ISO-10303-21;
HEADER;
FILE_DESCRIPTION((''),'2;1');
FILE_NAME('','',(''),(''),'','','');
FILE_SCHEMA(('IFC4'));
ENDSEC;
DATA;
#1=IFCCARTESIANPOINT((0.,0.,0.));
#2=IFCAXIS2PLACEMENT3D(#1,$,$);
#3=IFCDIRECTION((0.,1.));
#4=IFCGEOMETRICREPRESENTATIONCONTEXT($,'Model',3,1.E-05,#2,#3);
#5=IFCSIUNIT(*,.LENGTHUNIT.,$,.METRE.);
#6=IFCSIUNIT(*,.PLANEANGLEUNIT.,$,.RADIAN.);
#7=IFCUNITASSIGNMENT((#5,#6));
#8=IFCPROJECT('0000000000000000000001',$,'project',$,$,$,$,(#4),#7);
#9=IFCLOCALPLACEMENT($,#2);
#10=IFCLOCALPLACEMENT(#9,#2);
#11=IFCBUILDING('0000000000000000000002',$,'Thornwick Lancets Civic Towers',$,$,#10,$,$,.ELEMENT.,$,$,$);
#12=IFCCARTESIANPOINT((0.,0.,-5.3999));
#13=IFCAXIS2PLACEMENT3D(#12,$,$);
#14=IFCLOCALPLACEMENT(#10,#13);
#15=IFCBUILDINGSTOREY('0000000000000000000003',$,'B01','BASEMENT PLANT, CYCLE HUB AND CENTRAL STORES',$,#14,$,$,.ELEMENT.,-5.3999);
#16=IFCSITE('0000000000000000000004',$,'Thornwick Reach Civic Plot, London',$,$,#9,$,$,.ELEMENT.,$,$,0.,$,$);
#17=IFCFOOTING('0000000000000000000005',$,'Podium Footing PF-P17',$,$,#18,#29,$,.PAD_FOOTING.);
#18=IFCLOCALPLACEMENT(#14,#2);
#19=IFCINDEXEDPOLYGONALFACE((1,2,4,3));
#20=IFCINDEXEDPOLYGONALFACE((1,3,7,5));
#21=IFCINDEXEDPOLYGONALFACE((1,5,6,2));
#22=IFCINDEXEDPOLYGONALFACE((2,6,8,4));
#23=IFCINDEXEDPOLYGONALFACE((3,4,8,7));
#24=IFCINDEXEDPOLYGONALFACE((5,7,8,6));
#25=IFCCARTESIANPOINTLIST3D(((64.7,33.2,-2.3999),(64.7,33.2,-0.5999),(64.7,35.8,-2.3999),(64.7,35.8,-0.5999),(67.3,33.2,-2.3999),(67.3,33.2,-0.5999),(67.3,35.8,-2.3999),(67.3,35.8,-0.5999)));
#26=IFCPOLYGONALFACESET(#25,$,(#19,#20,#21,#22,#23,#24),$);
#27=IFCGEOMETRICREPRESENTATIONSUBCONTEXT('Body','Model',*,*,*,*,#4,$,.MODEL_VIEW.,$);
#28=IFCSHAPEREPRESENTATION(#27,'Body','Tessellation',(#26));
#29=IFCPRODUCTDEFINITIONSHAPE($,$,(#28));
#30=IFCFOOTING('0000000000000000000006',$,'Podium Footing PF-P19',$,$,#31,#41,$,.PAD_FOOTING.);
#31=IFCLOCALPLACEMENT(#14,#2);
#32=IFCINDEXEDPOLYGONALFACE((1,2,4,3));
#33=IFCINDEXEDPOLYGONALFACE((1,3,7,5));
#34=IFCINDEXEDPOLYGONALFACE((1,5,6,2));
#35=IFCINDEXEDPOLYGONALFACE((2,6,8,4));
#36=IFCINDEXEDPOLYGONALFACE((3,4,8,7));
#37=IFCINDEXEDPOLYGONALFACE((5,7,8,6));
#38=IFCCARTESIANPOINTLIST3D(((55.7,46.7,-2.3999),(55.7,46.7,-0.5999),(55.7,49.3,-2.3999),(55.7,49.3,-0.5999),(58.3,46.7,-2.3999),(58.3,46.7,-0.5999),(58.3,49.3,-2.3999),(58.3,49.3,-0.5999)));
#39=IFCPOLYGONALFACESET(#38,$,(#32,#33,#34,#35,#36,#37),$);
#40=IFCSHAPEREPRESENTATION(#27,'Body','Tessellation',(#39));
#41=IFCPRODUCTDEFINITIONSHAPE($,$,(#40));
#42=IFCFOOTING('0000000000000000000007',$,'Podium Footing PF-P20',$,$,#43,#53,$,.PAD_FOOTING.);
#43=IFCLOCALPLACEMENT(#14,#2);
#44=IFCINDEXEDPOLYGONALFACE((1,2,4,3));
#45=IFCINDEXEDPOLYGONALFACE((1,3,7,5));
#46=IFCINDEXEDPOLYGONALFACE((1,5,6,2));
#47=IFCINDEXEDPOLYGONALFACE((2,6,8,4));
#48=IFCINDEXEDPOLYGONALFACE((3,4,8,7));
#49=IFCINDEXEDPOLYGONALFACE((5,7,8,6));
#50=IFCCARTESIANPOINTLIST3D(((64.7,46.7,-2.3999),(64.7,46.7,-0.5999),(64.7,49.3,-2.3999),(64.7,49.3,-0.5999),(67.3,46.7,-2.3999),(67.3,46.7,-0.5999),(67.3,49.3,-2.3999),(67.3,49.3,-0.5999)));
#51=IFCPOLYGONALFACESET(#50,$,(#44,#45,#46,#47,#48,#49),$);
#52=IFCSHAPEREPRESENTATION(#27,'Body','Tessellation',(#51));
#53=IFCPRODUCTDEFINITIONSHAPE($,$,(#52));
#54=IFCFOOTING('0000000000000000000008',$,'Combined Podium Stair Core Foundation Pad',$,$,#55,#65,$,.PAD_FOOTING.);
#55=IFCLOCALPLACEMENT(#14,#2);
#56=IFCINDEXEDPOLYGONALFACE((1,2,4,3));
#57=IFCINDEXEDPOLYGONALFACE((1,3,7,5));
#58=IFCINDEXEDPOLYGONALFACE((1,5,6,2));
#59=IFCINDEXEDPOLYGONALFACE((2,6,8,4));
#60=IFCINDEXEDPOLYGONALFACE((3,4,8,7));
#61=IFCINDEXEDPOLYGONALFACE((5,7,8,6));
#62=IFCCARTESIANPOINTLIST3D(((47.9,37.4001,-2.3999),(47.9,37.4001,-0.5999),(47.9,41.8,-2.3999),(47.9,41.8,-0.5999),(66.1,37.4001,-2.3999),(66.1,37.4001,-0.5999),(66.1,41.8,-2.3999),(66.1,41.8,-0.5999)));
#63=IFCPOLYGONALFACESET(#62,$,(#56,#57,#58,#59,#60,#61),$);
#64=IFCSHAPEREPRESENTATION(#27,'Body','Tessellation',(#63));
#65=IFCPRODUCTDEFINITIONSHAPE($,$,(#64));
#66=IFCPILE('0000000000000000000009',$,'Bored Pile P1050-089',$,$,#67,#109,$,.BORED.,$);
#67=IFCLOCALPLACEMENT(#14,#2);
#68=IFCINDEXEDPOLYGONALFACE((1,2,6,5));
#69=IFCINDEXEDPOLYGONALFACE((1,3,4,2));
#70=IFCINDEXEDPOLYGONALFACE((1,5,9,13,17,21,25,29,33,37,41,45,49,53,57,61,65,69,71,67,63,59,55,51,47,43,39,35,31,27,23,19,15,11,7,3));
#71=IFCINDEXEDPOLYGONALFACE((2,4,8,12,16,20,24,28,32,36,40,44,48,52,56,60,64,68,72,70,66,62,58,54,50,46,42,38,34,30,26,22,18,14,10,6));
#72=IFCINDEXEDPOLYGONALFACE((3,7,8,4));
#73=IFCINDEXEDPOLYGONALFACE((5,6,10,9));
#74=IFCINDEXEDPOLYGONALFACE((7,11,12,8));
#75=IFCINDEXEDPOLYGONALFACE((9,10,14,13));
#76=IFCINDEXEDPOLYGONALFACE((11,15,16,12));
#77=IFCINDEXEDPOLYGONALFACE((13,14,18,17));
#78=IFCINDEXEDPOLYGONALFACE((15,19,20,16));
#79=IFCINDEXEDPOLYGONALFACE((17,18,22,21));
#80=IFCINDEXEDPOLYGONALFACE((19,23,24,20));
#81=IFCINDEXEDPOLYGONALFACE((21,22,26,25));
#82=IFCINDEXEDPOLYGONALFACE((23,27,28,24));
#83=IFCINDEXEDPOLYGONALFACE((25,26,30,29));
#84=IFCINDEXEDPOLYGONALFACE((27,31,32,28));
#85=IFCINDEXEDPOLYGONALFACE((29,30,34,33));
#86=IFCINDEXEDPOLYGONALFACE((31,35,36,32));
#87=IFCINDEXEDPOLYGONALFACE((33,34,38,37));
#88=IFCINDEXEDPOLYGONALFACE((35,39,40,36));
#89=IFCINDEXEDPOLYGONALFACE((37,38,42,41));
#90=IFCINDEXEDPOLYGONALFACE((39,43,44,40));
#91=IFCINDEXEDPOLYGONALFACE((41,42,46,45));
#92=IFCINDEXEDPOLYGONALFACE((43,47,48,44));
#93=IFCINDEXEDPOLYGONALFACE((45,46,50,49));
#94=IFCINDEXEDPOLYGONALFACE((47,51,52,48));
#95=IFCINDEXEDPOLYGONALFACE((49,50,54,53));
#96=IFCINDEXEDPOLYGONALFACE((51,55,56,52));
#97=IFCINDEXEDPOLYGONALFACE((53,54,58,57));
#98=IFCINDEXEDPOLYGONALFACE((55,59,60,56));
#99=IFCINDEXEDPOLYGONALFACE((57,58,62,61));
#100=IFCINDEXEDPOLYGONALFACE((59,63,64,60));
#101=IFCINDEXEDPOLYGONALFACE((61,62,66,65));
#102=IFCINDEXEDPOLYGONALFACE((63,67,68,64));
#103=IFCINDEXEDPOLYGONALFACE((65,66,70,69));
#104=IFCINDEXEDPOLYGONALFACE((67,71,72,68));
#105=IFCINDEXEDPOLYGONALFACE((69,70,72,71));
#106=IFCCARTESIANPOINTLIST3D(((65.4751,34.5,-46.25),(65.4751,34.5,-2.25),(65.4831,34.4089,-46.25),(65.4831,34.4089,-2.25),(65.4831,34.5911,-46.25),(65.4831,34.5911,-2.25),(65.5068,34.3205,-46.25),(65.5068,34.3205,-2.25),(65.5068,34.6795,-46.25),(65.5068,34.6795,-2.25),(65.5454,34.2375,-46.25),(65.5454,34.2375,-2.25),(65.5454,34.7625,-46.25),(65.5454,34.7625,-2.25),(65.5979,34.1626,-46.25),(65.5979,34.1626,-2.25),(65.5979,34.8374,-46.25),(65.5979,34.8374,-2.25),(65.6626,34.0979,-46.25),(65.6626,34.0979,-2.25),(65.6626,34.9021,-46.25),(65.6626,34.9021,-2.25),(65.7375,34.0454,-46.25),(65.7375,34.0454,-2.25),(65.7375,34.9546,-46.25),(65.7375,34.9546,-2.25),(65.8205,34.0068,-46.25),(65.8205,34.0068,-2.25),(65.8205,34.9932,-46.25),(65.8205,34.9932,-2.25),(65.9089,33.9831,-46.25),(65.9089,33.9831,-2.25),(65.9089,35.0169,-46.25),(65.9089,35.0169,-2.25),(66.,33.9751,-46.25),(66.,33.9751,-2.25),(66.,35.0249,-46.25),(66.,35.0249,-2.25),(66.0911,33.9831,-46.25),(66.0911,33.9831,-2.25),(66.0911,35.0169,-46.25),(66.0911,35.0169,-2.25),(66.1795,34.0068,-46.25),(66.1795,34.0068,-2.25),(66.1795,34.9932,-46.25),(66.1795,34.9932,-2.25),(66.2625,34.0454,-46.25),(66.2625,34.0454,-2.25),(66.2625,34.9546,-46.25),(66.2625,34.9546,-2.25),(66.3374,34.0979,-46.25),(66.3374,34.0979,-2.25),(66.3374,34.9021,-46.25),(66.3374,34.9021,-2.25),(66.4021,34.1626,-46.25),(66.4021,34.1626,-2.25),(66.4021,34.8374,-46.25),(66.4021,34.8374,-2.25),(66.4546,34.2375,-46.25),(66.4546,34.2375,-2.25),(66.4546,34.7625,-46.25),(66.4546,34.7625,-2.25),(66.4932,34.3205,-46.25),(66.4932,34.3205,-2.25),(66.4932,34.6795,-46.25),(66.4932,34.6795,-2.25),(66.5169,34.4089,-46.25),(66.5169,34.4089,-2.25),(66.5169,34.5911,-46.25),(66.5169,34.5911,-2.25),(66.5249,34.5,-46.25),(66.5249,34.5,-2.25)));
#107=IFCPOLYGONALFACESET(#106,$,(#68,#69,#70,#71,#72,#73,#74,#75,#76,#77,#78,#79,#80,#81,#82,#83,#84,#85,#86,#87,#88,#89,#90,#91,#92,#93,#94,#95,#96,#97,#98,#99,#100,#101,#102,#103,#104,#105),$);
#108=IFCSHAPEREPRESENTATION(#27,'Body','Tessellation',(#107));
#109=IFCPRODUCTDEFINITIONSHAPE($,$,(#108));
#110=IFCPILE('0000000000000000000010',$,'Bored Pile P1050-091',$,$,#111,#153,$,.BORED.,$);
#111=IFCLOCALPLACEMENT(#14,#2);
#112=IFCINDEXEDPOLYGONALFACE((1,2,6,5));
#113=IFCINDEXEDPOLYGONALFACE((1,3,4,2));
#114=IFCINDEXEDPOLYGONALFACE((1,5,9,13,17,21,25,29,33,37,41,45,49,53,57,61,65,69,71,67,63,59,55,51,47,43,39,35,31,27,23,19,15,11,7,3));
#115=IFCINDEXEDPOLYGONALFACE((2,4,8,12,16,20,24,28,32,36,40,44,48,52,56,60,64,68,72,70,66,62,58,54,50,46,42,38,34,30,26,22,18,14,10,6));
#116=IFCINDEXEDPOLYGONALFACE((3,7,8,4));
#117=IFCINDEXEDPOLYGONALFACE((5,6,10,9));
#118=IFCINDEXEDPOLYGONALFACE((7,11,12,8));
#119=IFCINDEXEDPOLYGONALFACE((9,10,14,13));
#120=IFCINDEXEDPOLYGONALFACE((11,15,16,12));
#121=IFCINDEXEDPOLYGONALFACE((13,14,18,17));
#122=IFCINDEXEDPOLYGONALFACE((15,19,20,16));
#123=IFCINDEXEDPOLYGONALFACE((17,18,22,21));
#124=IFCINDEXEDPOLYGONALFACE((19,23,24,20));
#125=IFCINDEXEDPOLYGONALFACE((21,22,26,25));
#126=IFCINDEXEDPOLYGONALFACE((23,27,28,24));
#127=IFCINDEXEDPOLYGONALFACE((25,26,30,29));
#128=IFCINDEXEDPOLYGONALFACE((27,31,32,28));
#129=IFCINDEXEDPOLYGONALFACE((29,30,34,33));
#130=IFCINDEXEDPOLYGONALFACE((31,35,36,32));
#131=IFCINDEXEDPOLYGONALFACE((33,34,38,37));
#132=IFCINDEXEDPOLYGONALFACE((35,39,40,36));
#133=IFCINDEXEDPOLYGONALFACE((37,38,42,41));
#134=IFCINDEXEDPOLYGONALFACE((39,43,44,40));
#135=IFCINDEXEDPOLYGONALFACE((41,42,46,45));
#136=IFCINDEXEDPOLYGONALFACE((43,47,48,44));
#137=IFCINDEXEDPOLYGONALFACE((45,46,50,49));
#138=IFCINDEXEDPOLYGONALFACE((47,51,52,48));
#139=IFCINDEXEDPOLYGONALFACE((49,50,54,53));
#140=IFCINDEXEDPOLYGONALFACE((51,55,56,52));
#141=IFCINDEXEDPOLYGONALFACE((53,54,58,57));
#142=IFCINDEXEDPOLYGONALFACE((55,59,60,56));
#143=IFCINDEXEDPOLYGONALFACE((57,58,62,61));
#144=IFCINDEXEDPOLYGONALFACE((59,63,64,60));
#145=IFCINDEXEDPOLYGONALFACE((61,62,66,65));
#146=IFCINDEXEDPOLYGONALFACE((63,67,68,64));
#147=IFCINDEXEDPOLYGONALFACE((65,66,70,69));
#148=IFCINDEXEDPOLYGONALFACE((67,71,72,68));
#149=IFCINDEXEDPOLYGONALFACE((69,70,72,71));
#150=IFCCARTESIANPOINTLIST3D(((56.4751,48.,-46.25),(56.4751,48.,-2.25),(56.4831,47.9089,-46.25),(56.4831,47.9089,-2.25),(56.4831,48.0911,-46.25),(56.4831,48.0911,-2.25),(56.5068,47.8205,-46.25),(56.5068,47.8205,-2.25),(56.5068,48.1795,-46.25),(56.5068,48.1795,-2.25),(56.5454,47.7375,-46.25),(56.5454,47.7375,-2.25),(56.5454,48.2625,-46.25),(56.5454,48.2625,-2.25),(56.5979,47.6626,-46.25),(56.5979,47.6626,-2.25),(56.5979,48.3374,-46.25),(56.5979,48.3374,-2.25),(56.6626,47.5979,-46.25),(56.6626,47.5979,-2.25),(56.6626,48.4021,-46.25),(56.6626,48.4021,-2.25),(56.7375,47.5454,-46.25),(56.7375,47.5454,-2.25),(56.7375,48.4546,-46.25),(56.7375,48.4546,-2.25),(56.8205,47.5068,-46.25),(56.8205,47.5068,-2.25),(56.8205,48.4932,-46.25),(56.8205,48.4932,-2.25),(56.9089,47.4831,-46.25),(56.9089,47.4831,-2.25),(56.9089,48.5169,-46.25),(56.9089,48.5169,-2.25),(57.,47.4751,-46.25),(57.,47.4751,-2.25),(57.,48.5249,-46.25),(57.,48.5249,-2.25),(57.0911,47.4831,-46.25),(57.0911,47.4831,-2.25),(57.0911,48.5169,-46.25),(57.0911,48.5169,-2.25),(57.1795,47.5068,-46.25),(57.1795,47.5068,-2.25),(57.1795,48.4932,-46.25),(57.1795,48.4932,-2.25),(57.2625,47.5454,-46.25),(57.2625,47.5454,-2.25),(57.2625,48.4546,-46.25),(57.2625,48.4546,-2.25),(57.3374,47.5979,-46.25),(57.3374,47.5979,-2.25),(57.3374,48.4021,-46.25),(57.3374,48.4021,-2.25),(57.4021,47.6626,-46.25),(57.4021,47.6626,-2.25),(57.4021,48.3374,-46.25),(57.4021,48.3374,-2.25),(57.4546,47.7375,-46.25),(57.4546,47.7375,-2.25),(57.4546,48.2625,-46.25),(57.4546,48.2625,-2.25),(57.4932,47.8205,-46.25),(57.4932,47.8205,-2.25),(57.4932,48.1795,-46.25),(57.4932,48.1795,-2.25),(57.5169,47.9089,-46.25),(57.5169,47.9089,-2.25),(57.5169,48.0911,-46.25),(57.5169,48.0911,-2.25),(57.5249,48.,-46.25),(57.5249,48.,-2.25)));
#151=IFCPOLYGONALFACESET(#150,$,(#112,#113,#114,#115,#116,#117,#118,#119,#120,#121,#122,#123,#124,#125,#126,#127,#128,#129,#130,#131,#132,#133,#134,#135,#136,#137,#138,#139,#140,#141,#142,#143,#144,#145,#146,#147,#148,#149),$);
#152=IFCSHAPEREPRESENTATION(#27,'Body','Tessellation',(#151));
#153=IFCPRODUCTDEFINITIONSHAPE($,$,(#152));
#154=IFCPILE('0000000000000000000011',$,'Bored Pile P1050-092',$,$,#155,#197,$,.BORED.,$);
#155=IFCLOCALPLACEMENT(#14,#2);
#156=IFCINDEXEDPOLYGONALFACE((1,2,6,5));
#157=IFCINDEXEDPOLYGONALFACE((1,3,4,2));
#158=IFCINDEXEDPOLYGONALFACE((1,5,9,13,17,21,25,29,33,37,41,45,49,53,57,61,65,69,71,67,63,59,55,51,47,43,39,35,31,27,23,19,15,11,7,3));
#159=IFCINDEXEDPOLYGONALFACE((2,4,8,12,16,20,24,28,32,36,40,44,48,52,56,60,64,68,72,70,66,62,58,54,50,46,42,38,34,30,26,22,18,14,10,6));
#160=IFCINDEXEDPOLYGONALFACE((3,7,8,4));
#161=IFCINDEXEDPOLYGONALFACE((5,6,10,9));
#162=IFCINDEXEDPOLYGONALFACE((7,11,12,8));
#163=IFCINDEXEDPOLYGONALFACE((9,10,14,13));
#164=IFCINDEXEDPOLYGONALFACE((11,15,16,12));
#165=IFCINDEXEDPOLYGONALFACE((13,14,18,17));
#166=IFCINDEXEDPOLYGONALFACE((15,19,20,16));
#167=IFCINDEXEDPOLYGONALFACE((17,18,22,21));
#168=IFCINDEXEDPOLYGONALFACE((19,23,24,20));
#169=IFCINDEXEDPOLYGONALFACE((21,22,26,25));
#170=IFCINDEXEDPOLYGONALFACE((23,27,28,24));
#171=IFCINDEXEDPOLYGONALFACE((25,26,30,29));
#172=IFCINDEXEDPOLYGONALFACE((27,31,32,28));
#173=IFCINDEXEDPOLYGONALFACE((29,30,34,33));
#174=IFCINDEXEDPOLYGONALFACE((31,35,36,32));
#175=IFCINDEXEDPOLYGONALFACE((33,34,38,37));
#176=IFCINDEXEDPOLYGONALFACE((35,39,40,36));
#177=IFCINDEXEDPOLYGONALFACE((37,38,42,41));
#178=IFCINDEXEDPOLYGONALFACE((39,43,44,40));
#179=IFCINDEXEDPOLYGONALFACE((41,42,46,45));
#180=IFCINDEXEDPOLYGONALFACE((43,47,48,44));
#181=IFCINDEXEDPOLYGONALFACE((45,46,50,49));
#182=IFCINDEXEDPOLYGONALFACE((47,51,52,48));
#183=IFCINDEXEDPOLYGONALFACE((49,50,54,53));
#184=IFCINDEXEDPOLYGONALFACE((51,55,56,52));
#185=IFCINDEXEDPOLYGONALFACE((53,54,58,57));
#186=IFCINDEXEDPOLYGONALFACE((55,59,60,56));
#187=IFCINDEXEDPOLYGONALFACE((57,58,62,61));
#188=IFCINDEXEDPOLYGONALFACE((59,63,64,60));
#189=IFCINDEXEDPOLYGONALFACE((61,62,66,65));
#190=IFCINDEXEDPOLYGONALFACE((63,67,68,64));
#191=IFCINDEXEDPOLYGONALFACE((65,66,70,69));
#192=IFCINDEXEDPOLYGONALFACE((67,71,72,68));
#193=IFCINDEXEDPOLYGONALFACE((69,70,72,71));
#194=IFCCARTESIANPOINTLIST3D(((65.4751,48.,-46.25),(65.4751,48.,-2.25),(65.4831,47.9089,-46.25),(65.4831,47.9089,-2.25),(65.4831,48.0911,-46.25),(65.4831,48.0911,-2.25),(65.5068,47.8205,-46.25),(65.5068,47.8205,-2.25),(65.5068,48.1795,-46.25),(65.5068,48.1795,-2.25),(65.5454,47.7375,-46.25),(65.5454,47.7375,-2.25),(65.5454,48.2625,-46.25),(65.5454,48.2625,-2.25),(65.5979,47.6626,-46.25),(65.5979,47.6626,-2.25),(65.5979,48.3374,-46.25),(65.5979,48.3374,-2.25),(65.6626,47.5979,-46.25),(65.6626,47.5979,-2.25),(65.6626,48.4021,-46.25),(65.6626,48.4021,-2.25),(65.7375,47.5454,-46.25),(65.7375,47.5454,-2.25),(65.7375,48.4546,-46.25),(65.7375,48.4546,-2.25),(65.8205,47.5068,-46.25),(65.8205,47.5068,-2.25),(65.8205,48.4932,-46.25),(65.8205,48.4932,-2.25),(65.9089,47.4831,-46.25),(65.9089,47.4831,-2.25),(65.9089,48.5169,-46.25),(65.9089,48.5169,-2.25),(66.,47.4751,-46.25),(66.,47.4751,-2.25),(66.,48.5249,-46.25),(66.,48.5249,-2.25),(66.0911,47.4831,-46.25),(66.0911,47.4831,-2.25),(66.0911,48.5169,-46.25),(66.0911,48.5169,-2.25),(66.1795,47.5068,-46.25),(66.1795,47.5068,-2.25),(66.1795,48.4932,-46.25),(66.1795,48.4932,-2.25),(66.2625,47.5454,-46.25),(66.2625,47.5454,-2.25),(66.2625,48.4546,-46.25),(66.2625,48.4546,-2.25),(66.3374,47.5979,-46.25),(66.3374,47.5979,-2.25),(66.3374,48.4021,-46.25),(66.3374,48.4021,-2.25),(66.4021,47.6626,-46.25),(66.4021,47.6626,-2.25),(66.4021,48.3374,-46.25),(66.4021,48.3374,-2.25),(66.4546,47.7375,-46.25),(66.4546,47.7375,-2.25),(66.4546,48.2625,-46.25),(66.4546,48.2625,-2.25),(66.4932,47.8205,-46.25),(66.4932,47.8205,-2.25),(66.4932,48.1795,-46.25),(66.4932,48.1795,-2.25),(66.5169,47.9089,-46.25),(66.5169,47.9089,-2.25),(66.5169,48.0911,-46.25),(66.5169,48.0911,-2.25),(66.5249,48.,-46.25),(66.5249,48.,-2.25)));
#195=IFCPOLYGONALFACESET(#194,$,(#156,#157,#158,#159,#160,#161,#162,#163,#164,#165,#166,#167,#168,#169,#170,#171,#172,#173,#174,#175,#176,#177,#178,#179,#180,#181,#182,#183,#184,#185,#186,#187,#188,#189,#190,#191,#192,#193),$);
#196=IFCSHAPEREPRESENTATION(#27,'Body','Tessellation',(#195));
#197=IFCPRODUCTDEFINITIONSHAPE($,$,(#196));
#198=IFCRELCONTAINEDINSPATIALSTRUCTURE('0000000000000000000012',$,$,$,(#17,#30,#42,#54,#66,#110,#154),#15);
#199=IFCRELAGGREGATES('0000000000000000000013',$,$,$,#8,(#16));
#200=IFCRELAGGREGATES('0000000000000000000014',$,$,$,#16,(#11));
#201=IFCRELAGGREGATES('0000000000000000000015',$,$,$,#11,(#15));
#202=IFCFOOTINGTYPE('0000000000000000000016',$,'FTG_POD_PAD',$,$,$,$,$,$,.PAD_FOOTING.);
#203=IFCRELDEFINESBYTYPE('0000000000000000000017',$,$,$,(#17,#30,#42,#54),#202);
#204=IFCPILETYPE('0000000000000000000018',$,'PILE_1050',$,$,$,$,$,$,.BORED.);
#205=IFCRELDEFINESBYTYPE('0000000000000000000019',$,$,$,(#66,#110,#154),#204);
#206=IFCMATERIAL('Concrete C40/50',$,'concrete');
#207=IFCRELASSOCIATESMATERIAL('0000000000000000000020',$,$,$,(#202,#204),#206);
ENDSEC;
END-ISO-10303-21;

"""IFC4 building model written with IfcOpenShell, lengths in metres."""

from ifc_helpers import new_model, si_unit, direction, frame, origin, origin_2d, place, context, subcontext, project, spatial, rectangle, circle, extrude, material, material_profile, profile_set, type_object, element, save


model = new_model("IFC4")

# Units and contexts
model_context = context("Model", 3, precision=1e-05, world=origin(), true_north=direction((0.0, 1.0)))
body_context = subcontext(model_context, "Body", "Model", "MODEL_VIEW")
ifc_project = project(units=[si_unit("LENGTHUNIT", "METRE"), si_unit("PLANEANGLEUNIT", "RADIAN")], contexts=[model_context])

# Site, building, storey
site_placement = place(None, origin())
site = spatial("IfcSite", under=ifc_project, at=site_placement, Name="Thornwick Reach Civic Plot, London", CompositionType="ELEMENT", RefElevation=0.0)
building_placement = place(site_placement, origin())
building = spatial("IfcBuilding", under=site, at=building_placement, Name="Thornwick Lancets Civic Towers", CompositionType="ELEMENT")
storey_placement = place(building_placement, frame((0.0, 0.0, -5.3999)))
storey = spatial("IfcBuildingStorey", under=building, at=storey_placement, Name="B01", Description="BASEMENT PLANT, CYCLE HUB AND CENTRAL STORES", CompositionType="ELEMENT", Elevation=-5.3999)

# Footings
ifc_material_1 = material(Name="Concrete C40/50", Category="concrete")
footing_type = type_object("IfcFootingType", Name="FTG_POD_PAD", PredefinedType="PAD_FOOTING", material=ifc_material_1)
for number, where, z_axis, x_axis, name in (
    (1, (66.0, 34.5, -2.3999), (0.0, 0.0, 1.0), (1.0, 0.0, 0.0), "Podium Footing PF-P17"),
    (2, (57.0, 48.0, -2.3999), (0.0, 0.0, 1.0), (1.0, 0.0, 0.0), "Podium Footing PF-P19"),
    (3, (66.0, 48.0, -2.3999), (0.0, 0.0, 1.0), (1.0, 0.0, 0.0), "Podium Footing PF-P20"),
):
    element("IfcFooting", number, at=place(storey_placement, frame(where, z_axis=z_axis, x_axis=x_axis)), inside=storey, type_object=footing_type, Name=name, PredefinedType="PAD_FOOTING", context=body_context, shape_type="SweptSolid", body=[
        extrude(rectangle(XDim=2.6001, YDim=2.6001, at=origin_2d()), origin(), (0.0, 0.0, 1.0), 1.8),
    ])
footing_placement = place(storey_placement, frame((57.0, 39.6001, -2.3999), z_axis=(0.0, 0.0, 1.0), x_axis=(1.0, 0.0, 0.0)))
element("IfcFooting", 4, at=footing_placement, inside=storey, type_object=footing_type, Name="Combined Podium Stair Core Foundation Pad", PredefinedType="PAD_FOOTING", context=body_context, shape_type="SweptSolid", body=[
    extrude(rectangle(XDim=18.2, YDim=4.3999, at=origin_2d()), origin(), (0.0, 0.0, 1.0), 1.8),
])

# Piles
ifc_material_profile_1 = material_profile(ifc_material_1, circle(Radius=0.5249, at=origin_2d()), Name="PILE D1050")
ifc_profile_set_1 = profile_set([ifc_material_profile_1], Name="Concrete C40/50")
pile_type = type_object("IfcPileType", Name="PILE_1050", PredefinedType="BORED", material=ifc_profile_set_1)
for number, where, z_axis, x_axis, name in (
    (5, (66.0, 34.5, -2.25), (0.0, 0.0, -1.0), (1.0, 0.0, 0.0), "Bored Pile P1050-089"),
    (6, (57.0, 48.0, -2.25), (0.0, 0.0, -1.0), (1.0, 0.0, 0.0), "Bored Pile P1050-091"),
    (7, (66.0, 48.0, -2.25), (0.0, 0.0, -1.0), (1.0, 0.0, 0.0), "Bored Pile P1050-092"),
):
    element("IfcPile", number, at=place(storey_placement, frame(where, z_axis=z_axis, x_axis=x_axis)), inside=storey, type_object=pile_type, Name=name, PredefinedType="BORED", context=body_context, shape_type="SweptSolid", body=[
        extrude(circle(Radius=0.5249, at=origin_2d()), origin(), (0.0, 0.0, 1.0), 44.0),
    ])

save(model, "model.ifc")
